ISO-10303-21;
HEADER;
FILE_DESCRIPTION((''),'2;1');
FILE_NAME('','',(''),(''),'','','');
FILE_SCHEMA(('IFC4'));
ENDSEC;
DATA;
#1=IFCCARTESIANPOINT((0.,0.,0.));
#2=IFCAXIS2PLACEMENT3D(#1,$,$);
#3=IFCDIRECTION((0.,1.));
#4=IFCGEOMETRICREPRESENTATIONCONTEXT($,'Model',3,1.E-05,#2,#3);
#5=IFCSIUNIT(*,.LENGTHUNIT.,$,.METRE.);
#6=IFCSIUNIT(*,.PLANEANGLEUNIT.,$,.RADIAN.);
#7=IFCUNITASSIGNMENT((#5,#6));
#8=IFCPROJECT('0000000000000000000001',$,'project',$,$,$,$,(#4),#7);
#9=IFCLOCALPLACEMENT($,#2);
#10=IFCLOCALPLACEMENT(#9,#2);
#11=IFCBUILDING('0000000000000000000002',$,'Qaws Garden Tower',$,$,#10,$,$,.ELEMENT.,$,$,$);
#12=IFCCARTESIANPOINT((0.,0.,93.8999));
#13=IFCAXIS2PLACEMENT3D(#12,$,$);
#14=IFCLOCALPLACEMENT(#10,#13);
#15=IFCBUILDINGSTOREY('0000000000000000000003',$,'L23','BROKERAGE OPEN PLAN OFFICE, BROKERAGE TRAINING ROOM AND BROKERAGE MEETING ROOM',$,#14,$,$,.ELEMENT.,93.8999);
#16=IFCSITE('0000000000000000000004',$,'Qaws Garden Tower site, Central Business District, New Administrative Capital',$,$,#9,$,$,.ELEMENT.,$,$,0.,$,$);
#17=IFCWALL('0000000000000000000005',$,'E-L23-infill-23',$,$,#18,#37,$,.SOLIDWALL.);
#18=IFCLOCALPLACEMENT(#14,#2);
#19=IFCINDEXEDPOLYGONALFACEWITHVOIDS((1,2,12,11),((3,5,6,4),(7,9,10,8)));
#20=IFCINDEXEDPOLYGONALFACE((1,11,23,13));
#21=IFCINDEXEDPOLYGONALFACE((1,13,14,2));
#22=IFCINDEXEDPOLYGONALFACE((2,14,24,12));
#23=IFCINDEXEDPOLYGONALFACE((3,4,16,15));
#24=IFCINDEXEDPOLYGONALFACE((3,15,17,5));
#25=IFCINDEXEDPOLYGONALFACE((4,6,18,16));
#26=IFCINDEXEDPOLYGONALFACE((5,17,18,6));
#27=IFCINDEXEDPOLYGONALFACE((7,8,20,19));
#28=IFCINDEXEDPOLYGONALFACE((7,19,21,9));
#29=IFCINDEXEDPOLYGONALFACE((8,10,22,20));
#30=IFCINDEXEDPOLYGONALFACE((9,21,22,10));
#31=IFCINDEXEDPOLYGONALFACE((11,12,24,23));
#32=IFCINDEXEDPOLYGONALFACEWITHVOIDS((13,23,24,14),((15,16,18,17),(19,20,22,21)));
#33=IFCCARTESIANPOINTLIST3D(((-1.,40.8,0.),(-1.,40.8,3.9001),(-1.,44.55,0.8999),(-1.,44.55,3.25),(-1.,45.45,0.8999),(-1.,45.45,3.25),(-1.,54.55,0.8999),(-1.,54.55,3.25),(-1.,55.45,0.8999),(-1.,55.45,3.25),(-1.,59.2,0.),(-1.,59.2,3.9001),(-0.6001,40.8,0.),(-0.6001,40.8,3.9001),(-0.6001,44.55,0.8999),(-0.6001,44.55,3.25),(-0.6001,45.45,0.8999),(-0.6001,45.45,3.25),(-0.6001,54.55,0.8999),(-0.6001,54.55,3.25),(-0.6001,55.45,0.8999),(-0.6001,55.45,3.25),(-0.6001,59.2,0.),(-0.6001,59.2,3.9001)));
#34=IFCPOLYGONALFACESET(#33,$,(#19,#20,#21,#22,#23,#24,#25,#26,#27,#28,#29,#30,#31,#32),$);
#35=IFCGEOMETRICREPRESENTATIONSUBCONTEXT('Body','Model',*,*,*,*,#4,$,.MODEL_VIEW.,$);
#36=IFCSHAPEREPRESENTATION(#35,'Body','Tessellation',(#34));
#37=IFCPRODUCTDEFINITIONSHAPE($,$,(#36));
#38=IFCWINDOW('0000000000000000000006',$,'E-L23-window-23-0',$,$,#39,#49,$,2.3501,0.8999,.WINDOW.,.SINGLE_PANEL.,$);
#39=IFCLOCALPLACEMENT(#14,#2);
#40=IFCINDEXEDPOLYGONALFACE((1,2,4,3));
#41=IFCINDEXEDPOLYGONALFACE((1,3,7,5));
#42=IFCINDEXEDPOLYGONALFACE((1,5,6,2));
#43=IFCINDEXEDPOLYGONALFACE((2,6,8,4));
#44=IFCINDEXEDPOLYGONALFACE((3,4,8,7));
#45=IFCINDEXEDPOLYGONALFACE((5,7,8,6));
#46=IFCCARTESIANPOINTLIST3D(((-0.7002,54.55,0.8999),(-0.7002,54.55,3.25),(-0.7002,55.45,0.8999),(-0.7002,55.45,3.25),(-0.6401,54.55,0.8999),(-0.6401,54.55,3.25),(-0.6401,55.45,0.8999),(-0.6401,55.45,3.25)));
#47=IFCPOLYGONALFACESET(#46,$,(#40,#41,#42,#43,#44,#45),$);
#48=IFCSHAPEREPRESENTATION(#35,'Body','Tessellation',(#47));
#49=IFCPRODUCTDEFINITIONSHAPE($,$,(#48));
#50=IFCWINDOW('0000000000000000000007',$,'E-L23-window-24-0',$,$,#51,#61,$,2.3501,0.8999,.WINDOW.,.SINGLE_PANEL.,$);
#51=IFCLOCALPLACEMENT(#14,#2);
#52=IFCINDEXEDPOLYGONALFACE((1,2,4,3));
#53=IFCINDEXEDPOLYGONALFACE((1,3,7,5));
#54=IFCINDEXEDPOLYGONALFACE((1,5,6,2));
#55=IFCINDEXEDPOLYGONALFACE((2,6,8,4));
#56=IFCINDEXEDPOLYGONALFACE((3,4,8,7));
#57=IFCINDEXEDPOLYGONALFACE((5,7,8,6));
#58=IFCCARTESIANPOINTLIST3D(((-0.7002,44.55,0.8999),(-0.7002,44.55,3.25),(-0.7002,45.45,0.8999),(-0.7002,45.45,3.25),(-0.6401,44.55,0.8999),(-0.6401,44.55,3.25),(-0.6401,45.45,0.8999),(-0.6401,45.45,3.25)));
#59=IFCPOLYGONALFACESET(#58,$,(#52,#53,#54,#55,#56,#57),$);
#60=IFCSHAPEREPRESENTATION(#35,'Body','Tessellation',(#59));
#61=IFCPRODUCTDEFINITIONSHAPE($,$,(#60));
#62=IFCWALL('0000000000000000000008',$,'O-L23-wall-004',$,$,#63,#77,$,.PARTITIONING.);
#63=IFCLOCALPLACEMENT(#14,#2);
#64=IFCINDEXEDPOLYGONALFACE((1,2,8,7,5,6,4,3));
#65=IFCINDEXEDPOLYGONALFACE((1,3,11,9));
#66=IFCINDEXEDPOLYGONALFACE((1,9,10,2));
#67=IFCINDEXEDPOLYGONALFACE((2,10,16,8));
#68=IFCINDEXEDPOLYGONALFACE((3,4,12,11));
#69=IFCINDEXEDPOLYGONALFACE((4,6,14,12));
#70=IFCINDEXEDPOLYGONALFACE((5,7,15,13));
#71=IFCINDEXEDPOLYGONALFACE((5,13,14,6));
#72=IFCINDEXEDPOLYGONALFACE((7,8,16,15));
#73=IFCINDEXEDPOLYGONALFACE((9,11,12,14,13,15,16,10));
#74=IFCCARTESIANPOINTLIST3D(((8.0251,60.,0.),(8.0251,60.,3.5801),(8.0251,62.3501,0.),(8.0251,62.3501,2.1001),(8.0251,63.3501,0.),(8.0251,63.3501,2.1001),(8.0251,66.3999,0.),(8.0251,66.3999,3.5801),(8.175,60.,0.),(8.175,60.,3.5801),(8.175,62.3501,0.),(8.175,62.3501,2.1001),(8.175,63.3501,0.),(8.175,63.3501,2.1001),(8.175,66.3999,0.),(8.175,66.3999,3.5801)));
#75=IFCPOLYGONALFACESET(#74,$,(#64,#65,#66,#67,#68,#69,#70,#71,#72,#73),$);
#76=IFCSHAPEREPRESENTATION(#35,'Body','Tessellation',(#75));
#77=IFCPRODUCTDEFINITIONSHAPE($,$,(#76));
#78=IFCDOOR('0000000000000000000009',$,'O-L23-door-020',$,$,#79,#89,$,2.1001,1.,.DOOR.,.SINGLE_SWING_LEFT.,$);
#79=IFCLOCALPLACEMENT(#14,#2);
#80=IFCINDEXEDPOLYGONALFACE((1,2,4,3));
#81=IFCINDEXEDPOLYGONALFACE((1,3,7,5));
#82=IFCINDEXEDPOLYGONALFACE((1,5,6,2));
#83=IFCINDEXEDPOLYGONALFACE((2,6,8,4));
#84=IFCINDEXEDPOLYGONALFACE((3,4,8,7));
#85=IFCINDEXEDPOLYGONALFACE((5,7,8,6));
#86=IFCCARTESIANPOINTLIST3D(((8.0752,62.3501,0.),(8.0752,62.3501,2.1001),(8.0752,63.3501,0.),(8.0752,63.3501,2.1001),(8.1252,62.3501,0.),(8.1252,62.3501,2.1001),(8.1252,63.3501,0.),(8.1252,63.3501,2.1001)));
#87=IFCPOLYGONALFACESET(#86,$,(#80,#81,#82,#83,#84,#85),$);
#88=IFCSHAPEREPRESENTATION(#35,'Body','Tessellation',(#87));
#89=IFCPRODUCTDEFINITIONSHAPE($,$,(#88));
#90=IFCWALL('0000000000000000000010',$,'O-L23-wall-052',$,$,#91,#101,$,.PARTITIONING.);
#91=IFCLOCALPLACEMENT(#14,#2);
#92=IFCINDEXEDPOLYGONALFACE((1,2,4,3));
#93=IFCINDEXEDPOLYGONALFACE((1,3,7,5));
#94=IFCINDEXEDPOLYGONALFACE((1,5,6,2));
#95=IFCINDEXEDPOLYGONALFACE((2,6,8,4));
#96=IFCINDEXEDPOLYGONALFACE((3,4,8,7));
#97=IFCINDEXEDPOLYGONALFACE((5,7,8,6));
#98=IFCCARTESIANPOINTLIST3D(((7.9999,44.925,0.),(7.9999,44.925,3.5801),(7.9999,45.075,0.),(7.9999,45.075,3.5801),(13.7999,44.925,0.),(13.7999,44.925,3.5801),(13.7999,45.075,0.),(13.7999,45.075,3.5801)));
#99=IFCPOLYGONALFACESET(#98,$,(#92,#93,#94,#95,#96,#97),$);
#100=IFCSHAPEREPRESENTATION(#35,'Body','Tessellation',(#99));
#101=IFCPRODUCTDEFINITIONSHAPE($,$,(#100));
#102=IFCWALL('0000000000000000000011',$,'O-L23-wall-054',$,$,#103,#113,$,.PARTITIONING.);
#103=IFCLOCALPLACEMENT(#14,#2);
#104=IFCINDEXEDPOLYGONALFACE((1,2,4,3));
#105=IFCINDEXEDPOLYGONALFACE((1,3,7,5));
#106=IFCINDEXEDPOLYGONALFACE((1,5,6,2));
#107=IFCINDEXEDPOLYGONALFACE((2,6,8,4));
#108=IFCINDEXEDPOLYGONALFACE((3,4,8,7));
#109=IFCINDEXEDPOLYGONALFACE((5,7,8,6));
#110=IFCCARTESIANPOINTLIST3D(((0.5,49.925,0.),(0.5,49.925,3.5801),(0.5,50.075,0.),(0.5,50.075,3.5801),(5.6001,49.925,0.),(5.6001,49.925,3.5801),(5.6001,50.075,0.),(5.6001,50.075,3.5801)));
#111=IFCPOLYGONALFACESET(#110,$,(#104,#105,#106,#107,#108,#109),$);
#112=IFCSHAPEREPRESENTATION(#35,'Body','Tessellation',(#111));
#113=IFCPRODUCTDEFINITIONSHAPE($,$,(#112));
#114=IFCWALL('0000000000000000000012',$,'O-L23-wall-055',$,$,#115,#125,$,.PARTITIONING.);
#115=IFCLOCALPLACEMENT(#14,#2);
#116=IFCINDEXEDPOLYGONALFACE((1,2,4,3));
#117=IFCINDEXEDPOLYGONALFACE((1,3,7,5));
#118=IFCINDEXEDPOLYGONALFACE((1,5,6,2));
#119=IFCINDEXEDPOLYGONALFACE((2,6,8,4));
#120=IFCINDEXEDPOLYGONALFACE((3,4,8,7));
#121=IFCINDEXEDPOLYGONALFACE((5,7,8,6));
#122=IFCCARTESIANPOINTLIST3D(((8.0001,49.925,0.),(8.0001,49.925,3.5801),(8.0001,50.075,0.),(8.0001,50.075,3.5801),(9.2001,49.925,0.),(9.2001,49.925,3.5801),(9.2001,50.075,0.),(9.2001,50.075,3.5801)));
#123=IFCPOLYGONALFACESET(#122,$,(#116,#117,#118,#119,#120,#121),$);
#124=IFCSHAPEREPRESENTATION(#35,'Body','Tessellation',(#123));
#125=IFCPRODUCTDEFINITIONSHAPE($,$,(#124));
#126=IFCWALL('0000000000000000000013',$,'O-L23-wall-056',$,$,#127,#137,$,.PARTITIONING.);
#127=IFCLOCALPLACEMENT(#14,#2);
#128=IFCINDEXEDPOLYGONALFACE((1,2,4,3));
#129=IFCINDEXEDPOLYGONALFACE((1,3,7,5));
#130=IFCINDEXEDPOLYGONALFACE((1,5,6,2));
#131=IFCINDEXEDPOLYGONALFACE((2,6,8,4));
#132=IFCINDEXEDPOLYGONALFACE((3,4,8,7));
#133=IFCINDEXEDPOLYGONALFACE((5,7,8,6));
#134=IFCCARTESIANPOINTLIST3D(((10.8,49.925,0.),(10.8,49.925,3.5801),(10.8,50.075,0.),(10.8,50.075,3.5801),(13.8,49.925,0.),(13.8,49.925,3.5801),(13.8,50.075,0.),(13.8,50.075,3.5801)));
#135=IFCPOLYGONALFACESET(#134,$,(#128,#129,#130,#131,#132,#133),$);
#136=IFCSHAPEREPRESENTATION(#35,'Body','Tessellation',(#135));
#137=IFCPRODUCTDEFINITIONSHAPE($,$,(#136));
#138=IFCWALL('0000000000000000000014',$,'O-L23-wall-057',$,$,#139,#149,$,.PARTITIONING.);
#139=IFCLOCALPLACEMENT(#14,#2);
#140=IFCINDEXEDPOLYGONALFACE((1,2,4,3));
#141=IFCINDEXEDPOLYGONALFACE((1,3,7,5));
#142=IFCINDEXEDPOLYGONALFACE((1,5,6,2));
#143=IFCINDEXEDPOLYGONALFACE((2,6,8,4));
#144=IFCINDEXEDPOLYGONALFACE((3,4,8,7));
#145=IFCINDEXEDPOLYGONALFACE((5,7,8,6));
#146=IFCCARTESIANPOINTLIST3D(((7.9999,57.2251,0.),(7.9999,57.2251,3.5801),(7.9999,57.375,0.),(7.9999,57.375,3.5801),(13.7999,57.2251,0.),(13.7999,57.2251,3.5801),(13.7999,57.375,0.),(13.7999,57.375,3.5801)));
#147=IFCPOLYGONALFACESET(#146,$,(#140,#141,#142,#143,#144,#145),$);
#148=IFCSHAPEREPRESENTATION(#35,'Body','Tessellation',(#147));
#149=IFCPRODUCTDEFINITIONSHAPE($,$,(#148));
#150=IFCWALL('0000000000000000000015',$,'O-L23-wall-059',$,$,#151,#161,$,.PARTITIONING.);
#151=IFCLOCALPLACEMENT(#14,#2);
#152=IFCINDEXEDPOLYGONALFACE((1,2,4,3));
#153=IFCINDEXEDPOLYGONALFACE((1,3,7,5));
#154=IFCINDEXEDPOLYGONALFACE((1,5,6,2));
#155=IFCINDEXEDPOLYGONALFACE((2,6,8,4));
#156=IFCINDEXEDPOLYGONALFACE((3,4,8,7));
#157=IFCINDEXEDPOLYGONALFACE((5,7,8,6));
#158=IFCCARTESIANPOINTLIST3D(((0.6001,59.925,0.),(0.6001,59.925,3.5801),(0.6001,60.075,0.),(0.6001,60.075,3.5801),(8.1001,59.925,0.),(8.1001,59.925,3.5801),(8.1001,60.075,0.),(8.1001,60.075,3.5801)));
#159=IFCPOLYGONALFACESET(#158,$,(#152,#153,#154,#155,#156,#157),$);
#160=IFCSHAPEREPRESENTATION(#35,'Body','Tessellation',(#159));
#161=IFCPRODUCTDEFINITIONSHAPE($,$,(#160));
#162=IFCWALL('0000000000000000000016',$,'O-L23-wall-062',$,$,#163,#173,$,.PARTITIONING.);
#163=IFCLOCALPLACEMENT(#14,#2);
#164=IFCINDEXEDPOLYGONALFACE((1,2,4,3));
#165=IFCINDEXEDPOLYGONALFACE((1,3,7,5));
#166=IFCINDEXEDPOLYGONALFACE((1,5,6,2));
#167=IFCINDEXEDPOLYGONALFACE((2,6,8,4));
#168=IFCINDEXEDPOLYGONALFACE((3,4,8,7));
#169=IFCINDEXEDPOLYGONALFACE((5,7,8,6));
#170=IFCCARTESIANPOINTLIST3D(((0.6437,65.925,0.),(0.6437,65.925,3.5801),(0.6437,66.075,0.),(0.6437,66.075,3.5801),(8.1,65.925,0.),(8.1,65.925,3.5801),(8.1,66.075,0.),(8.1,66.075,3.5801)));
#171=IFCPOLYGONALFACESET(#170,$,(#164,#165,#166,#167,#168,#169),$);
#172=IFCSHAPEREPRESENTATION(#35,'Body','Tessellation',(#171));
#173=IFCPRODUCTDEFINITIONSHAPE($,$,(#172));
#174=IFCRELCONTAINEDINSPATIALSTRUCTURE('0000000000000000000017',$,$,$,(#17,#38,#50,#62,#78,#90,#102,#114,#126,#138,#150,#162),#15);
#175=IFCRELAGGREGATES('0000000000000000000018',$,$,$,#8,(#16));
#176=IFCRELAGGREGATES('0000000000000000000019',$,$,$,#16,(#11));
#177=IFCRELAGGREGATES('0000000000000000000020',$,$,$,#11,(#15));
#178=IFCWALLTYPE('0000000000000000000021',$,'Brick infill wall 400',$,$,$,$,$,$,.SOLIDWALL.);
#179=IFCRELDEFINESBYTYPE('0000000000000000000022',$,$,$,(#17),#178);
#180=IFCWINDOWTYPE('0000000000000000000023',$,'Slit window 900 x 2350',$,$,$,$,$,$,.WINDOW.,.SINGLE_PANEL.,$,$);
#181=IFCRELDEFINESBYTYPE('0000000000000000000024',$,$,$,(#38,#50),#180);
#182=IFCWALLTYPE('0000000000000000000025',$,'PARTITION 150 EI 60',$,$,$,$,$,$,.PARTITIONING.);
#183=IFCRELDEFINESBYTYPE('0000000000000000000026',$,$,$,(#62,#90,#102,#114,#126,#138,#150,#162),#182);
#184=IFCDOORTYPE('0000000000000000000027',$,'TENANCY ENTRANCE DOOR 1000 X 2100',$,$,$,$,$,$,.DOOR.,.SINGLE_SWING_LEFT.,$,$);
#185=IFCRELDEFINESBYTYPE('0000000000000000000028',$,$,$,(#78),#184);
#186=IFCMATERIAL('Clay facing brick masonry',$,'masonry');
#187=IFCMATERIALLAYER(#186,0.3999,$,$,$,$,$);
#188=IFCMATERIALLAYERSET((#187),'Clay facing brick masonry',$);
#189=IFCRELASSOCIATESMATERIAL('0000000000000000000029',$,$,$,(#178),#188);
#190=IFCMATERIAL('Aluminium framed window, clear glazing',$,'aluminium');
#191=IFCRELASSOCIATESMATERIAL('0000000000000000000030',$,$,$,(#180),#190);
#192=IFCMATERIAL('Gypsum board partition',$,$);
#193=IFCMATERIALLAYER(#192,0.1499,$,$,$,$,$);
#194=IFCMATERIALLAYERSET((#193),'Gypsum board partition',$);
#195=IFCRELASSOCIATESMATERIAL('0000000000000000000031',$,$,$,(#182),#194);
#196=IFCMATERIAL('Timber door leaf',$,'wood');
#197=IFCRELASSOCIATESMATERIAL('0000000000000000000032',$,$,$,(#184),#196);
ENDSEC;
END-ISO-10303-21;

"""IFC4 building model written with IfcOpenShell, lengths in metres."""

from ifc_helpers import new_model, si_unit, direction, frame, frame_2d, origin, place, context, subcontext, project, spatial, rectangle, extrude, material, layer, layer_set, type_object, element, fill, save


model = new_model("IFC4")

# Units and contexts
model_context = context("Model", 3, precision=1e-05, world=origin(), true_north=direction((0.0, 1.0)))
body_context = subcontext(model_context, "Body", "Model", "MODEL_VIEW")
ifc_project = project(units=[si_unit("LENGTHUNIT", "METRE"), si_unit("PLANEANGLEUNIT", "RADIAN")], contexts=[model_context])

# Site, building, storey
site_placement = place(None, origin())
site = spatial("IfcSite", under=ifc_project, at=site_placement, Name="Qaws Garden Tower site, Central Business District, New Administrative Capital", CompositionType="ELEMENT", RefElevation=0.0)
building_placement = place(site_placement, origin())
building = spatial("IfcBuilding", under=site, at=building_placement, Name="Qaws Garden Tower", CompositionType="ELEMENT")
storey_placement = place(building_placement, frame((0.0, 0.0, 93.8999)))
storey = spatial("IfcBuildingStorey", under=building, at=storey_placement, Name="L23", Description="BROKERAGE OPEN PLAN OFFICE, BROKERAGE TRAINING ROOM AND BROKERAGE MEETING ROOM", CompositionType="ELEMENT", Elevation=93.8999)

# Shared definitions
ifc_material_1 = material(Name="Clay facing brick masonry", Category="masonry")
ifc_layer_1 = layer(ifc_material_1, 0.3999)
ifc_layer_set_1 = layer_set([ifc_layer_1], Name="Clay facing brick masonry")
wall_type_1 = type_object("IfcWallType", Name="Brick infill wall 400", PredefinedType="SOLIDWALL", material=ifc_layer_set_1)

# Wall, openings, windows
wall_1_placement = place(storey_placement, frame((-0.8, 59.2, 0.0), z_axis=(0.0, 0.0, 1.0), x_axis=(0.0, -1.0, 0.0)))
wall_1 = element("IfcWall", 1, at=wall_1_placement, inside=storey, type_object=wall_type_1, Name="E-L23-infill-23", PredefinedType="SOLIDWALL", context=body_context, shape_type="SweptSolid", body=[
    extrude(rectangle(XDim=18.3999, YDim=0.3999, at=frame_2d((9.2, 0.0))), origin(), (0.0, 0.0, 1.0), 3.9001),
])
opening_1_placement = place(wall_1_placement, frame((3.75, 0.0, 0.8999)))
opening_1 = element("IfcOpeningElement", 2, at=opening_1_placement, cuts=wall_1, PredefinedType="OPENING", context=body_context, shape_type="SweptSolid", body=[
    extrude(rectangle(XDim=0.8999, YDim=2.3501, at=frame_2d((0.45, 1.175))), frame((0.0, 0.21, 0.0), z_axis=(0.0, -1.0, 0.0), x_axis=(1.0, 0.0, 0.0)), (0.0, 0.0, 1.0), 0.4199),
])
opening_2_placement = place(wall_1_placement, frame((13.75, 0.0, 0.8999)))
opening_2 = element("IfcOpeningElement", 3, at=opening_2_placement, cuts=wall_1, PredefinedType="OPENING", context=body_context, shape_type="SweptSolid", body=[
    extrude(rectangle(XDim=0.8999, YDim=2.3501, at=frame_2d((0.45, 1.175))), frame((0.0, 0.21, 0.0), z_axis=(0.0, -1.0, 0.0), x_axis=(1.0, 0.0, 0.0)), (0.0, 0.0, 1.0), 0.4199),
])
ifc_material_2 = material(Name="Aluminium framed window, clear glazing", Category="aluminium")
window_type_1 = type_object("IfcWindowType", Name="Slit window 900 x 2350", PartitioningType="SINGLE_PANEL", PredefinedType="WINDOW", material=ifc_material_2)
window_1_placement = place(opening_1_placement, origin())
window_1 = element("IfcWindow", 4, at=window_1_placement, inside=storey, type_object=window_type_1, Name="E-L23-window-23-0", OverallHeight=2.3501, OverallWidth=0.8999, PartitioningType="SINGLE_PANEL", PredefinedType="WINDOW", context=body_context, shape_type="SweptSolid", body=[
    extrude(rectangle(XDim=0.8999, YDim=2.3501, at=frame_2d((0.45, 1.175))), frame((0.0, 0.1599, 0.0), z_axis=(0.0, -1.0, 0.0), x_axis=(1.0, 0.0, 0.0)), (0.0, 0.0, 1.0), 0.0601),
])
fill(opening_1, window_1)
window_2_placement = place(opening_2_placement, origin())
window_2 = element("IfcWindow", 5, at=window_2_placement, inside=storey, type_object=window_type_1, Name="E-L23-window-24-0", OverallHeight=2.3501, OverallWidth=0.8999, PartitioningType="SINGLE_PANEL", PredefinedType="WINDOW", context=body_context, shape_type="SweptSolid", body=[
    extrude(rectangle(XDim=0.8999, YDim=2.3501, at=frame_2d((0.45, 1.175))), frame((0.0, 0.1599, 0.0), z_axis=(0.0, -1.0, 0.0), x_axis=(1.0, 0.0, 0.0)), (0.0, 0.0, 1.0), 0.0601),
])
fill(opening_2, window_2)

# Wall, opening, door
ifc_material_3 = material(Name="Gypsum board partition")
ifc_layer_2 = layer(ifc_material_3, 0.1499)
ifc_layer_set_2 = layer_set([ifc_layer_2], Name="Gypsum board partition")
wall_type_2 = type_object("IfcWallType", Name="PARTITION 150 EI 60", PredefinedType="PARTITIONING", material=ifc_layer_set_2)
wall_2_placement = place(storey_placement, frame((8.1001, 60.0, 0.0), z_axis=(0.0, 0.0, 1.0), x_axis=(0.0, 1.0, 0.0)))
wall_2 = element("IfcWall", 6, at=wall_2_placement, inside=storey, type_object=wall_type_2, Name="O-L23-wall-004", PredefinedType="PARTITIONING", context=body_context, shape_type="SweptSolid", body=[
    extrude(rectangle(XDim=6.3999, YDim=0.1499, at=frame_2d((3.2, 0.0))), origin(), (0.0, 0.0, 1.0), 3.5801),
])
opening_3_placement = place(wall_2_placement, frame((2.3501, 0.0, 0.0)))
opening_3 = element("IfcOpeningElement", 7, at=opening_3_placement, cuts=wall_2, PredefinedType="OPENING", context=body_context, shape_type="SweptSolid", body=[
    extrude(rectangle(XDim=1.0, YDim=2.1001, at=frame_2d((0.5, 1.05))), frame((0.0, 0.085, 0.0), z_axis=(0.0, -1.0, 0.0), x_axis=(1.0, 0.0, 0.0)), (0.0, 0.0, 1.0), 0.1699),
])
ifc_material_4 = material(Name="Timber door leaf", Category="wood")
door_type = type_object("IfcDoorType", Name="TENANCY ENTRANCE DOOR 1000 X 2100", OperationType="SINGLE_SWING_LEFT", PredefinedType="DOOR", material=ifc_material_4)
door_placement = place(opening_3_placement, origin())
door = element("IfcDoor", 8, at=door_placement, inside=storey, type_object=door_type, Name="O-L23-door-020", OperationType="SINGLE_SWING_LEFT", OverallHeight=2.1001, OverallWidth=1.0, PredefinedType="DOOR", context=body_context, shape_type="SweptSolid", body=[
    extrude(rectangle(XDim=1.0, YDim=2.1001, at=frame_2d((0.5, 1.05))), frame((0.0, 0.0249, 0.0), z_axis=(0.0, -1.0, 0.0), x_axis=(1.0, 0.0, 0.0)), (0.0, 0.0, 1.0), 0.05),
])
fill(opening_3, door)

# Walls
wall_3_placement = place(storey_placement, frame((8.0, 45.0, 0.0), z_axis=(0.0, 0.0, 1.0), x_axis=(1.0, 0.0, 0.0)))
element("IfcWall", 9, at=wall_3_placement, inside=storey, type_object=wall_type_2, Name="O-L23-wall-052", PredefinedType="PARTITIONING", context=body_context, shape_type="SweptSolid", body=[
    extrude(rectangle(XDim=5.8, YDim=0.1499, at=frame_2d((2.8999, 0.0))), origin(), (0.0, 0.0, 1.0), 3.5801),
])
wall_4_placement = place(storey_placement, frame((0.5, 50.0, 0.0), z_axis=(0.0, 0.0, 1.0), x_axis=(1.0, 0.0, 0.0)))
element("IfcWall", 10, at=wall_4_placement, inside=storey, type_object=wall_type_2, Name="O-L23-wall-054", PredefinedType="PARTITIONING", context=body_context, shape_type="SweptSolid", body=[
    extrude(rectangle(XDim=5.1001, YDim=0.1499, at=frame_2d((2.55, 0.0))), origin(), (0.0, 0.0, 1.0), 3.5801),
])
wall_5_placement = place(storey_placement, frame((8.0, 50.0, 0.0), z_axis=(0.0, 0.0, 1.0), x_axis=(1.0, 0.0, 0.0)))
element("IfcWall", 11, at=wall_5_placement, inside=storey, type_object=wall_type_2, Name="O-L23-wall-055", PredefinedType="PARTITIONING", context=body_context, shape_type="SweptSolid", body=[
    extrude(rectangle(XDim=1.2, YDim=0.1499, at=frame_2d((0.6001, 0.0))), origin(), (0.0, 0.0, 1.0), 3.5801),
])
wall_6_placement = place(storey_placement, frame((10.8, 50.0, 0.0), z_axis=(0.0, 0.0, 1.0), x_axis=(1.0, 0.0, 0.0)))
element("IfcWall", 12, at=wall_6_placement, inside=storey, type_object=wall_type_2, Name="O-L23-wall-056", PredefinedType="PARTITIONING", context=body_context, shape_type="SweptSolid", body=[
    extrude(rectangle(XDim=3.0, YDim=0.1499, at=frame_2d((1.5, 0.0))), origin(), (0.0, 0.0, 1.0), 3.5801),
])
wall_7_placement = place(storey_placement, frame((8.0, 57.3, 0.0), z_axis=(0.0, 0.0, 1.0), x_axis=(1.0, 0.0, 0.0)))
element("IfcWall", 13, at=wall_7_placement, inside=storey, type_object=wall_type_2, Name="O-L23-wall-057", PredefinedType="PARTITIONING", context=body_context, shape_type="SweptSolid", body=[
    extrude(rectangle(XDim=5.8, YDim=0.1499, at=frame_2d((2.8999, 0.0))), origin(), (0.0, 0.0, 1.0), 3.5801),
])
wall_8_placement = place(storey_placement, frame((0.6001, 60.0, 0.0), z_axis=(0.0, 0.0, 1.0), x_axis=(1.0, 0.0, 0.0)))
element("IfcWall", 14, at=wall_8_placement, inside=storey, type_object=wall_type_2, Name="O-L23-wall-059", PredefinedType="PARTITIONING", context=body_context, shape_type="SweptSolid", body=[
    extrude(rectangle(XDim=7.5, YDim=0.1499, at=frame_2d((3.75, 0.0))), origin(), (0.0, 0.0, 1.0), 3.5801),
])
wall_9_placement = place(storey_placement, frame((0.6438, 66.0, 0.0), z_axis=(0.0, 0.0, 1.0), x_axis=(1.0, 0.0, 0.0)))
element("IfcWall", 15, at=wall_9_placement, inside=storey, type_object=wall_type_2, Name="O-L23-wall-062", PredefinedType="PARTITIONING", context=body_context, shape_type="SweptSolid", body=[
    extrude(rectangle(XDim=7.4563, YDim=0.1499, at=frame_2d((3.728, 0.0))), origin(), (0.0, 0.0, 1.0), 3.5801),
])

save(model, "model.ifc")
